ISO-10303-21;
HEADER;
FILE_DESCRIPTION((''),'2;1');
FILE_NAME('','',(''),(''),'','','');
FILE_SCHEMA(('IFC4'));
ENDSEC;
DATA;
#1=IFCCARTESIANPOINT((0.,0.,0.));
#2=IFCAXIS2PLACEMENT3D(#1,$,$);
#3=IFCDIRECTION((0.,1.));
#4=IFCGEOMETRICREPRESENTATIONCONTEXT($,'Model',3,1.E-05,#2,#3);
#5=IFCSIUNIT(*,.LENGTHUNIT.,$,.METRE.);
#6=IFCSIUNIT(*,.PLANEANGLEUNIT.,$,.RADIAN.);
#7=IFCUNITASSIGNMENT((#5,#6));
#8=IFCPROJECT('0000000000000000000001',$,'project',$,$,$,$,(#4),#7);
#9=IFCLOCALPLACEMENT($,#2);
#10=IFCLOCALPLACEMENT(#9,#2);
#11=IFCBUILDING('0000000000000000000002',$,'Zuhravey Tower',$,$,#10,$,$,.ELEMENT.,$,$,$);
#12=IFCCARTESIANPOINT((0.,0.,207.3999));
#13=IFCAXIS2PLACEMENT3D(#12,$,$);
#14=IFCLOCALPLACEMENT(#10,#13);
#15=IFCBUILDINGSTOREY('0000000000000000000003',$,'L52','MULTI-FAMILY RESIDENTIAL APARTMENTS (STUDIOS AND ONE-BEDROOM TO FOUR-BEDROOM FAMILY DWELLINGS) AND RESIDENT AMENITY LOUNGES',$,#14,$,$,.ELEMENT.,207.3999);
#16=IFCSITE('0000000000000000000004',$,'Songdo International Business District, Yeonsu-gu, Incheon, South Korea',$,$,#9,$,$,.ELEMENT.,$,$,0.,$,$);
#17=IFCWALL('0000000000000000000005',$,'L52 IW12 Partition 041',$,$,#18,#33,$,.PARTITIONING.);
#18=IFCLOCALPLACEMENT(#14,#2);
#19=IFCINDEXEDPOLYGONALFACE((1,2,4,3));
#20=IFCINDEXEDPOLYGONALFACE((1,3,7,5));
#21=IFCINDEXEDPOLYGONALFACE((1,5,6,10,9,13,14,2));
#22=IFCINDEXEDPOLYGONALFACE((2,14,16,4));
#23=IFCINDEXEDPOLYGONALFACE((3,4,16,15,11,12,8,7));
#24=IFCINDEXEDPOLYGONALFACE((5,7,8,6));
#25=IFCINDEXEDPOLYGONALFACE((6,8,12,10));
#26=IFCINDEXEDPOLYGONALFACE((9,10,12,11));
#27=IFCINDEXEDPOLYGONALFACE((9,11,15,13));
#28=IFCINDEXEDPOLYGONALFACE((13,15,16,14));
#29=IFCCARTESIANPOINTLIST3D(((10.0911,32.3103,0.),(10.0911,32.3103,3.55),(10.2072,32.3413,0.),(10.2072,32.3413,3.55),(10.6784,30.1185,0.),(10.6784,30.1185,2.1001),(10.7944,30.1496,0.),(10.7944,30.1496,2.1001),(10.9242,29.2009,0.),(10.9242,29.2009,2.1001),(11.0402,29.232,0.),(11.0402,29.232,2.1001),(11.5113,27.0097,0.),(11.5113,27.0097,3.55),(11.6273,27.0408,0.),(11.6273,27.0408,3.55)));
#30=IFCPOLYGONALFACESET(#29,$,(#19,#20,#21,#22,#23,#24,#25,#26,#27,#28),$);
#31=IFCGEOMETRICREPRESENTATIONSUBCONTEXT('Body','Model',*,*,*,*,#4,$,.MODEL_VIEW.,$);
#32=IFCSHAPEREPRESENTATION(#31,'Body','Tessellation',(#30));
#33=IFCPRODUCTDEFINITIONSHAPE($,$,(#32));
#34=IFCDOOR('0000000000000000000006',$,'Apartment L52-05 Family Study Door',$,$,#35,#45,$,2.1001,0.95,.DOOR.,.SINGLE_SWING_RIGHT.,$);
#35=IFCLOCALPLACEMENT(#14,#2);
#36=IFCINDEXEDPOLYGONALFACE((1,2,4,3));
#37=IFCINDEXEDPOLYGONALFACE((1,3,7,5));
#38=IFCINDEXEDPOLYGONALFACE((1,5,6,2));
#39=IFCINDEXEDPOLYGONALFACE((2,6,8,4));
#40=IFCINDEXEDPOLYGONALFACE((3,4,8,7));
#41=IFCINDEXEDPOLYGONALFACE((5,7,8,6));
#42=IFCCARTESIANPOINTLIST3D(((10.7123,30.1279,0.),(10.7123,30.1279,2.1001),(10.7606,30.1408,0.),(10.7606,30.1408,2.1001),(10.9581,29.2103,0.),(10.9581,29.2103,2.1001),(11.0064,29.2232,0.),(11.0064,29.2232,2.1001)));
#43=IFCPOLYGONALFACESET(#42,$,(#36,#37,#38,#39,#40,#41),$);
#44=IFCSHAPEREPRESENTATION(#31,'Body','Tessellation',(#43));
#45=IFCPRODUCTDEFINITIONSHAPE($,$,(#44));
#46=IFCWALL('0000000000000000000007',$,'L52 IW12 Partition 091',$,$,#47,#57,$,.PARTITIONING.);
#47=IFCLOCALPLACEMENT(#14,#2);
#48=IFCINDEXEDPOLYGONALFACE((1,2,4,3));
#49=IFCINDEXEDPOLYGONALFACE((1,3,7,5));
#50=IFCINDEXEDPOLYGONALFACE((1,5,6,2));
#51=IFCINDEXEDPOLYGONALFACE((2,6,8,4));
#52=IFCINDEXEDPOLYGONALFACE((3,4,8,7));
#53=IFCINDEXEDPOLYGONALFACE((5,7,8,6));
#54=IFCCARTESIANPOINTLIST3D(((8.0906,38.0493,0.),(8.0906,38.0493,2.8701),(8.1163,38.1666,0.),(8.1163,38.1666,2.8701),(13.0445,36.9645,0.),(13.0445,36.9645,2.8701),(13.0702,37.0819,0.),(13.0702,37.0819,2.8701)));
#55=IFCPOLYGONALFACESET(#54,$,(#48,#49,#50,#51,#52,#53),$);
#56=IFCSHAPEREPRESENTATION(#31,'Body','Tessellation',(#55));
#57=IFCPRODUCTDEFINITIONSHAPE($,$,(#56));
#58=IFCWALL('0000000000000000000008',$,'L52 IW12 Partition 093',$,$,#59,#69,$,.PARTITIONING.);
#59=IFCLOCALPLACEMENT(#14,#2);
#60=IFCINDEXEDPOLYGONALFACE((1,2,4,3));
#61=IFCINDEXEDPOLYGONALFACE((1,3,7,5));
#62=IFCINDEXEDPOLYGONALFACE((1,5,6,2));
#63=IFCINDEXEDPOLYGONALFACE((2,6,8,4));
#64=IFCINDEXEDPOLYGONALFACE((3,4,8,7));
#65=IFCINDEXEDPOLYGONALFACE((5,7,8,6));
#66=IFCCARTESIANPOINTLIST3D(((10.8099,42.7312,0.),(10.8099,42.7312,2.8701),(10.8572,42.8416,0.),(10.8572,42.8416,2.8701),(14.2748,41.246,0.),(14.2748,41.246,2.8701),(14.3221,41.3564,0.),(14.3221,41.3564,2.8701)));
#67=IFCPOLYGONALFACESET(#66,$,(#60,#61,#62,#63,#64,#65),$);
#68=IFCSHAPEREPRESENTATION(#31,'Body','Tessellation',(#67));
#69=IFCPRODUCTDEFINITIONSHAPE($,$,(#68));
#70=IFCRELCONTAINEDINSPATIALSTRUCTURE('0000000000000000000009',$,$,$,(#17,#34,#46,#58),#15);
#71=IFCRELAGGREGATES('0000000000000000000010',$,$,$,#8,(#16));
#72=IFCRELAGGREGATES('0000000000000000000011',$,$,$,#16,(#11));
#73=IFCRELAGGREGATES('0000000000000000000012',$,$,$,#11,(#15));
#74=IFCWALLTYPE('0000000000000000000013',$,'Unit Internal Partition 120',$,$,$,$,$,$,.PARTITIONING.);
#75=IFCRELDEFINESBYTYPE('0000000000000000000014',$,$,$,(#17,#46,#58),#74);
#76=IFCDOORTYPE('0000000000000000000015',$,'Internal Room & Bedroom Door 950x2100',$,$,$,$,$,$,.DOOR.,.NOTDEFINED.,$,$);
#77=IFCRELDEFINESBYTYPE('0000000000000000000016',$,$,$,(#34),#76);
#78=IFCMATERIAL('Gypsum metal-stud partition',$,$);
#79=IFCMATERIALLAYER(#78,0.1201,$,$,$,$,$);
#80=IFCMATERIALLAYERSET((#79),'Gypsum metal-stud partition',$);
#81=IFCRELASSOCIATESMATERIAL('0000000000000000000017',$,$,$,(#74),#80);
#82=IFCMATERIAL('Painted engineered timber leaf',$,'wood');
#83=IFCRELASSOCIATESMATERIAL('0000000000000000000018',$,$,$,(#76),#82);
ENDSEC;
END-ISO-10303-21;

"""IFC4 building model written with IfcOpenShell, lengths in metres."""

from ifc_helpers import new_model, si_unit, direction, frame, frame_2d, origin, place, context, subcontext, project, spatial, rectangle, extrude, material, layer, layer_set, type_object, element, fill, save


model = new_model("IFC4")

# Units and contexts
model_context = context("Model", 3, precision=1e-05, world=origin(), true_north=direction((0.0, 1.0)))
body_context = subcontext(model_context, "Body", "Model", "MODEL_VIEW")
ifc_project = project(units=[si_unit("LENGTHUNIT", "METRE"), si_unit("PLANEANGLEUNIT", "RADIAN")], contexts=[model_context])

# Site, building, storey
site_placement = place(None, origin())
site = spatial("IfcSite", under=ifc_project, at=site_placement, Name="Songdo International Business District, Yeonsu-gu, Incheon, South Korea", CompositionType="ELEMENT", RefElevation=0.0)
building_placement = place(site_placement, origin())
building = spatial("IfcBuilding", under=site, at=building_placement, Name="Zuhravey Tower", CompositionType="ELEMENT")
storey_placement = place(building_placement, frame((0.0, 0.0, 207.3999)))
storey = spatial("IfcBuildingStorey", under=building, at=storey_placement, Name="L52", Description="MULTI-FAMILY RESIDENTIAL APARTMENTS (STUDIOS AND ONE-BEDROOM TO FOUR-BEDROOM FAMILY DWELLINGS) AND RESIDENT AMENITY LOUNGES", CompositionType="ELEMENT", Elevation=207.3999)

# Shared definitions
ifc_material_1 = material(Name="Gypsum metal-stud partition")
ifc_layer_1 = layer(ifc_material_1, 0.1201)
ifc_layer_set_1 = layer_set([ifc_layer_1], Name="Gypsum metal-stud partition")
wall_type_1 = type_object("IfcWallType", Name="Unit Internal Partition 120", PredefinedType="PARTITIONING", material=ifc_layer_set_1)
ifc_material_2 = material(Name="Painted engineered timber leaf", Category="wood")
door_type = type_object("IfcDoorType", Name="Internal Room & Bedroom Door 950x2100", OperationType="NOTDEFINED", PredefinedType="DOOR", material=ifc_material_2)

# Wall, opening, door
wall_1_placement = place(storey_placement, frame((10.1492, 32.3257, 0.0), z_axis=(0.0, 0.0, 1.0), x_axis=(0.258801, -0.965931, 0.0)))
wall_1 = element("IfcWall", 1, at=wall_1_placement, inside=storey, type_object=wall_type_1, Name="L52 IW12 Partition 041", PredefinedType="PARTITIONING", context=body_context, shape_type="SweptSolid", body=[
    extrude(rectangle(XDim=5.4875, YDim=0.1201, at=frame_2d((2.7437, 0.0))), origin(), (0.0, 0.0, 1.0), 3.55),
])
opening_1_placement = place(wall_1_placement, frame((2.2688, 0.0, 0.0)))
opening_1 = element("IfcOpeningElement", 2, at=opening_1_placement, cuts=wall_1, PredefinedType="OPENING", context=body_context, shape_type="SweptSolid", body=[
    extrude(rectangle(XDim=0.95, YDim=2.1001, at=frame_2d((0.4751, 1.05))), frame((0.0, 0.072, 0.0), z_axis=(0.0, -1.0, 0.0), x_axis=(1.0, 0.0, 0.0)), (0.0, 0.0, 1.0), 0.144),
])
door_1_placement = place(opening_1_placement, frame((0.95, 0.0, 0.0), z_axis=(0.0, 0.0, 1.0), x_axis=(-1.0, 0.0, 0.0)))
door_1 = element("IfcDoor", 3, at=door_1_placement, inside=storey, type_object=door_type, Name="Apartment L52-05 Family Study Door", OperationType="SINGLE_SWING_RIGHT", OverallHeight=2.1001, OverallWidth=0.95, PredefinedType="DOOR", context=body_context, shape_type="SweptSolid", body=[
    extrude(rectangle(XDim=0.95, YDim=2.1001, at=frame_2d((0.4751, 1.05))), frame((0.0, 0.0249, 0.0), z_axis=(0.0, -1.0, 0.0), x_axis=(1.0, 0.0, 0.0)), (0.0, 0.0, 1.0), 0.05),
])
fill(opening_1, door_1)

# Walls
wall_2_placement = place(storey_placement, frame((13.0574, 37.0232, 0.0), z_axis=(0.0, 0.0, 1.0), x_axis=(-0.976856, 0.213896, 0.0)))
element("IfcWall", 4, at=wall_2_placement, inside=storey, type_object=wall_type_1, Name="L52 IW12 Partition 091", PredefinedType="PARTITIONING", context=body_context, shape_type="SweptSolid", body=[
    extrude(rectangle(XDim=5.0713, YDim=0.1201, at=frame_2d((2.5356, 0.0))), origin(), (0.0, 0.0, 1.0), 2.8701),
])
wall_3_placement = place(storey_placement, frame((14.2983, 41.3013, 0.0), z_axis=(0.0, 0.0, 1.0), x_axis=(-0.919128, 0.393958, 0.0)))
element("IfcWall", 5, at=wall_3_placement, inside=storey, type_object=wall_type_1, Name="L52 IW12 Partition 093", PredefinedType="PARTITIONING", context=body_context, shape_type="SweptSolid", body=[
    extrude(rectangle(XDim=3.7698, YDim=0.1201, at=frame_2d((1.8848, 0.0))), origin(), (0.0, 0.0, 1.0), 2.8701),
])

save(model, "model.ifc")
